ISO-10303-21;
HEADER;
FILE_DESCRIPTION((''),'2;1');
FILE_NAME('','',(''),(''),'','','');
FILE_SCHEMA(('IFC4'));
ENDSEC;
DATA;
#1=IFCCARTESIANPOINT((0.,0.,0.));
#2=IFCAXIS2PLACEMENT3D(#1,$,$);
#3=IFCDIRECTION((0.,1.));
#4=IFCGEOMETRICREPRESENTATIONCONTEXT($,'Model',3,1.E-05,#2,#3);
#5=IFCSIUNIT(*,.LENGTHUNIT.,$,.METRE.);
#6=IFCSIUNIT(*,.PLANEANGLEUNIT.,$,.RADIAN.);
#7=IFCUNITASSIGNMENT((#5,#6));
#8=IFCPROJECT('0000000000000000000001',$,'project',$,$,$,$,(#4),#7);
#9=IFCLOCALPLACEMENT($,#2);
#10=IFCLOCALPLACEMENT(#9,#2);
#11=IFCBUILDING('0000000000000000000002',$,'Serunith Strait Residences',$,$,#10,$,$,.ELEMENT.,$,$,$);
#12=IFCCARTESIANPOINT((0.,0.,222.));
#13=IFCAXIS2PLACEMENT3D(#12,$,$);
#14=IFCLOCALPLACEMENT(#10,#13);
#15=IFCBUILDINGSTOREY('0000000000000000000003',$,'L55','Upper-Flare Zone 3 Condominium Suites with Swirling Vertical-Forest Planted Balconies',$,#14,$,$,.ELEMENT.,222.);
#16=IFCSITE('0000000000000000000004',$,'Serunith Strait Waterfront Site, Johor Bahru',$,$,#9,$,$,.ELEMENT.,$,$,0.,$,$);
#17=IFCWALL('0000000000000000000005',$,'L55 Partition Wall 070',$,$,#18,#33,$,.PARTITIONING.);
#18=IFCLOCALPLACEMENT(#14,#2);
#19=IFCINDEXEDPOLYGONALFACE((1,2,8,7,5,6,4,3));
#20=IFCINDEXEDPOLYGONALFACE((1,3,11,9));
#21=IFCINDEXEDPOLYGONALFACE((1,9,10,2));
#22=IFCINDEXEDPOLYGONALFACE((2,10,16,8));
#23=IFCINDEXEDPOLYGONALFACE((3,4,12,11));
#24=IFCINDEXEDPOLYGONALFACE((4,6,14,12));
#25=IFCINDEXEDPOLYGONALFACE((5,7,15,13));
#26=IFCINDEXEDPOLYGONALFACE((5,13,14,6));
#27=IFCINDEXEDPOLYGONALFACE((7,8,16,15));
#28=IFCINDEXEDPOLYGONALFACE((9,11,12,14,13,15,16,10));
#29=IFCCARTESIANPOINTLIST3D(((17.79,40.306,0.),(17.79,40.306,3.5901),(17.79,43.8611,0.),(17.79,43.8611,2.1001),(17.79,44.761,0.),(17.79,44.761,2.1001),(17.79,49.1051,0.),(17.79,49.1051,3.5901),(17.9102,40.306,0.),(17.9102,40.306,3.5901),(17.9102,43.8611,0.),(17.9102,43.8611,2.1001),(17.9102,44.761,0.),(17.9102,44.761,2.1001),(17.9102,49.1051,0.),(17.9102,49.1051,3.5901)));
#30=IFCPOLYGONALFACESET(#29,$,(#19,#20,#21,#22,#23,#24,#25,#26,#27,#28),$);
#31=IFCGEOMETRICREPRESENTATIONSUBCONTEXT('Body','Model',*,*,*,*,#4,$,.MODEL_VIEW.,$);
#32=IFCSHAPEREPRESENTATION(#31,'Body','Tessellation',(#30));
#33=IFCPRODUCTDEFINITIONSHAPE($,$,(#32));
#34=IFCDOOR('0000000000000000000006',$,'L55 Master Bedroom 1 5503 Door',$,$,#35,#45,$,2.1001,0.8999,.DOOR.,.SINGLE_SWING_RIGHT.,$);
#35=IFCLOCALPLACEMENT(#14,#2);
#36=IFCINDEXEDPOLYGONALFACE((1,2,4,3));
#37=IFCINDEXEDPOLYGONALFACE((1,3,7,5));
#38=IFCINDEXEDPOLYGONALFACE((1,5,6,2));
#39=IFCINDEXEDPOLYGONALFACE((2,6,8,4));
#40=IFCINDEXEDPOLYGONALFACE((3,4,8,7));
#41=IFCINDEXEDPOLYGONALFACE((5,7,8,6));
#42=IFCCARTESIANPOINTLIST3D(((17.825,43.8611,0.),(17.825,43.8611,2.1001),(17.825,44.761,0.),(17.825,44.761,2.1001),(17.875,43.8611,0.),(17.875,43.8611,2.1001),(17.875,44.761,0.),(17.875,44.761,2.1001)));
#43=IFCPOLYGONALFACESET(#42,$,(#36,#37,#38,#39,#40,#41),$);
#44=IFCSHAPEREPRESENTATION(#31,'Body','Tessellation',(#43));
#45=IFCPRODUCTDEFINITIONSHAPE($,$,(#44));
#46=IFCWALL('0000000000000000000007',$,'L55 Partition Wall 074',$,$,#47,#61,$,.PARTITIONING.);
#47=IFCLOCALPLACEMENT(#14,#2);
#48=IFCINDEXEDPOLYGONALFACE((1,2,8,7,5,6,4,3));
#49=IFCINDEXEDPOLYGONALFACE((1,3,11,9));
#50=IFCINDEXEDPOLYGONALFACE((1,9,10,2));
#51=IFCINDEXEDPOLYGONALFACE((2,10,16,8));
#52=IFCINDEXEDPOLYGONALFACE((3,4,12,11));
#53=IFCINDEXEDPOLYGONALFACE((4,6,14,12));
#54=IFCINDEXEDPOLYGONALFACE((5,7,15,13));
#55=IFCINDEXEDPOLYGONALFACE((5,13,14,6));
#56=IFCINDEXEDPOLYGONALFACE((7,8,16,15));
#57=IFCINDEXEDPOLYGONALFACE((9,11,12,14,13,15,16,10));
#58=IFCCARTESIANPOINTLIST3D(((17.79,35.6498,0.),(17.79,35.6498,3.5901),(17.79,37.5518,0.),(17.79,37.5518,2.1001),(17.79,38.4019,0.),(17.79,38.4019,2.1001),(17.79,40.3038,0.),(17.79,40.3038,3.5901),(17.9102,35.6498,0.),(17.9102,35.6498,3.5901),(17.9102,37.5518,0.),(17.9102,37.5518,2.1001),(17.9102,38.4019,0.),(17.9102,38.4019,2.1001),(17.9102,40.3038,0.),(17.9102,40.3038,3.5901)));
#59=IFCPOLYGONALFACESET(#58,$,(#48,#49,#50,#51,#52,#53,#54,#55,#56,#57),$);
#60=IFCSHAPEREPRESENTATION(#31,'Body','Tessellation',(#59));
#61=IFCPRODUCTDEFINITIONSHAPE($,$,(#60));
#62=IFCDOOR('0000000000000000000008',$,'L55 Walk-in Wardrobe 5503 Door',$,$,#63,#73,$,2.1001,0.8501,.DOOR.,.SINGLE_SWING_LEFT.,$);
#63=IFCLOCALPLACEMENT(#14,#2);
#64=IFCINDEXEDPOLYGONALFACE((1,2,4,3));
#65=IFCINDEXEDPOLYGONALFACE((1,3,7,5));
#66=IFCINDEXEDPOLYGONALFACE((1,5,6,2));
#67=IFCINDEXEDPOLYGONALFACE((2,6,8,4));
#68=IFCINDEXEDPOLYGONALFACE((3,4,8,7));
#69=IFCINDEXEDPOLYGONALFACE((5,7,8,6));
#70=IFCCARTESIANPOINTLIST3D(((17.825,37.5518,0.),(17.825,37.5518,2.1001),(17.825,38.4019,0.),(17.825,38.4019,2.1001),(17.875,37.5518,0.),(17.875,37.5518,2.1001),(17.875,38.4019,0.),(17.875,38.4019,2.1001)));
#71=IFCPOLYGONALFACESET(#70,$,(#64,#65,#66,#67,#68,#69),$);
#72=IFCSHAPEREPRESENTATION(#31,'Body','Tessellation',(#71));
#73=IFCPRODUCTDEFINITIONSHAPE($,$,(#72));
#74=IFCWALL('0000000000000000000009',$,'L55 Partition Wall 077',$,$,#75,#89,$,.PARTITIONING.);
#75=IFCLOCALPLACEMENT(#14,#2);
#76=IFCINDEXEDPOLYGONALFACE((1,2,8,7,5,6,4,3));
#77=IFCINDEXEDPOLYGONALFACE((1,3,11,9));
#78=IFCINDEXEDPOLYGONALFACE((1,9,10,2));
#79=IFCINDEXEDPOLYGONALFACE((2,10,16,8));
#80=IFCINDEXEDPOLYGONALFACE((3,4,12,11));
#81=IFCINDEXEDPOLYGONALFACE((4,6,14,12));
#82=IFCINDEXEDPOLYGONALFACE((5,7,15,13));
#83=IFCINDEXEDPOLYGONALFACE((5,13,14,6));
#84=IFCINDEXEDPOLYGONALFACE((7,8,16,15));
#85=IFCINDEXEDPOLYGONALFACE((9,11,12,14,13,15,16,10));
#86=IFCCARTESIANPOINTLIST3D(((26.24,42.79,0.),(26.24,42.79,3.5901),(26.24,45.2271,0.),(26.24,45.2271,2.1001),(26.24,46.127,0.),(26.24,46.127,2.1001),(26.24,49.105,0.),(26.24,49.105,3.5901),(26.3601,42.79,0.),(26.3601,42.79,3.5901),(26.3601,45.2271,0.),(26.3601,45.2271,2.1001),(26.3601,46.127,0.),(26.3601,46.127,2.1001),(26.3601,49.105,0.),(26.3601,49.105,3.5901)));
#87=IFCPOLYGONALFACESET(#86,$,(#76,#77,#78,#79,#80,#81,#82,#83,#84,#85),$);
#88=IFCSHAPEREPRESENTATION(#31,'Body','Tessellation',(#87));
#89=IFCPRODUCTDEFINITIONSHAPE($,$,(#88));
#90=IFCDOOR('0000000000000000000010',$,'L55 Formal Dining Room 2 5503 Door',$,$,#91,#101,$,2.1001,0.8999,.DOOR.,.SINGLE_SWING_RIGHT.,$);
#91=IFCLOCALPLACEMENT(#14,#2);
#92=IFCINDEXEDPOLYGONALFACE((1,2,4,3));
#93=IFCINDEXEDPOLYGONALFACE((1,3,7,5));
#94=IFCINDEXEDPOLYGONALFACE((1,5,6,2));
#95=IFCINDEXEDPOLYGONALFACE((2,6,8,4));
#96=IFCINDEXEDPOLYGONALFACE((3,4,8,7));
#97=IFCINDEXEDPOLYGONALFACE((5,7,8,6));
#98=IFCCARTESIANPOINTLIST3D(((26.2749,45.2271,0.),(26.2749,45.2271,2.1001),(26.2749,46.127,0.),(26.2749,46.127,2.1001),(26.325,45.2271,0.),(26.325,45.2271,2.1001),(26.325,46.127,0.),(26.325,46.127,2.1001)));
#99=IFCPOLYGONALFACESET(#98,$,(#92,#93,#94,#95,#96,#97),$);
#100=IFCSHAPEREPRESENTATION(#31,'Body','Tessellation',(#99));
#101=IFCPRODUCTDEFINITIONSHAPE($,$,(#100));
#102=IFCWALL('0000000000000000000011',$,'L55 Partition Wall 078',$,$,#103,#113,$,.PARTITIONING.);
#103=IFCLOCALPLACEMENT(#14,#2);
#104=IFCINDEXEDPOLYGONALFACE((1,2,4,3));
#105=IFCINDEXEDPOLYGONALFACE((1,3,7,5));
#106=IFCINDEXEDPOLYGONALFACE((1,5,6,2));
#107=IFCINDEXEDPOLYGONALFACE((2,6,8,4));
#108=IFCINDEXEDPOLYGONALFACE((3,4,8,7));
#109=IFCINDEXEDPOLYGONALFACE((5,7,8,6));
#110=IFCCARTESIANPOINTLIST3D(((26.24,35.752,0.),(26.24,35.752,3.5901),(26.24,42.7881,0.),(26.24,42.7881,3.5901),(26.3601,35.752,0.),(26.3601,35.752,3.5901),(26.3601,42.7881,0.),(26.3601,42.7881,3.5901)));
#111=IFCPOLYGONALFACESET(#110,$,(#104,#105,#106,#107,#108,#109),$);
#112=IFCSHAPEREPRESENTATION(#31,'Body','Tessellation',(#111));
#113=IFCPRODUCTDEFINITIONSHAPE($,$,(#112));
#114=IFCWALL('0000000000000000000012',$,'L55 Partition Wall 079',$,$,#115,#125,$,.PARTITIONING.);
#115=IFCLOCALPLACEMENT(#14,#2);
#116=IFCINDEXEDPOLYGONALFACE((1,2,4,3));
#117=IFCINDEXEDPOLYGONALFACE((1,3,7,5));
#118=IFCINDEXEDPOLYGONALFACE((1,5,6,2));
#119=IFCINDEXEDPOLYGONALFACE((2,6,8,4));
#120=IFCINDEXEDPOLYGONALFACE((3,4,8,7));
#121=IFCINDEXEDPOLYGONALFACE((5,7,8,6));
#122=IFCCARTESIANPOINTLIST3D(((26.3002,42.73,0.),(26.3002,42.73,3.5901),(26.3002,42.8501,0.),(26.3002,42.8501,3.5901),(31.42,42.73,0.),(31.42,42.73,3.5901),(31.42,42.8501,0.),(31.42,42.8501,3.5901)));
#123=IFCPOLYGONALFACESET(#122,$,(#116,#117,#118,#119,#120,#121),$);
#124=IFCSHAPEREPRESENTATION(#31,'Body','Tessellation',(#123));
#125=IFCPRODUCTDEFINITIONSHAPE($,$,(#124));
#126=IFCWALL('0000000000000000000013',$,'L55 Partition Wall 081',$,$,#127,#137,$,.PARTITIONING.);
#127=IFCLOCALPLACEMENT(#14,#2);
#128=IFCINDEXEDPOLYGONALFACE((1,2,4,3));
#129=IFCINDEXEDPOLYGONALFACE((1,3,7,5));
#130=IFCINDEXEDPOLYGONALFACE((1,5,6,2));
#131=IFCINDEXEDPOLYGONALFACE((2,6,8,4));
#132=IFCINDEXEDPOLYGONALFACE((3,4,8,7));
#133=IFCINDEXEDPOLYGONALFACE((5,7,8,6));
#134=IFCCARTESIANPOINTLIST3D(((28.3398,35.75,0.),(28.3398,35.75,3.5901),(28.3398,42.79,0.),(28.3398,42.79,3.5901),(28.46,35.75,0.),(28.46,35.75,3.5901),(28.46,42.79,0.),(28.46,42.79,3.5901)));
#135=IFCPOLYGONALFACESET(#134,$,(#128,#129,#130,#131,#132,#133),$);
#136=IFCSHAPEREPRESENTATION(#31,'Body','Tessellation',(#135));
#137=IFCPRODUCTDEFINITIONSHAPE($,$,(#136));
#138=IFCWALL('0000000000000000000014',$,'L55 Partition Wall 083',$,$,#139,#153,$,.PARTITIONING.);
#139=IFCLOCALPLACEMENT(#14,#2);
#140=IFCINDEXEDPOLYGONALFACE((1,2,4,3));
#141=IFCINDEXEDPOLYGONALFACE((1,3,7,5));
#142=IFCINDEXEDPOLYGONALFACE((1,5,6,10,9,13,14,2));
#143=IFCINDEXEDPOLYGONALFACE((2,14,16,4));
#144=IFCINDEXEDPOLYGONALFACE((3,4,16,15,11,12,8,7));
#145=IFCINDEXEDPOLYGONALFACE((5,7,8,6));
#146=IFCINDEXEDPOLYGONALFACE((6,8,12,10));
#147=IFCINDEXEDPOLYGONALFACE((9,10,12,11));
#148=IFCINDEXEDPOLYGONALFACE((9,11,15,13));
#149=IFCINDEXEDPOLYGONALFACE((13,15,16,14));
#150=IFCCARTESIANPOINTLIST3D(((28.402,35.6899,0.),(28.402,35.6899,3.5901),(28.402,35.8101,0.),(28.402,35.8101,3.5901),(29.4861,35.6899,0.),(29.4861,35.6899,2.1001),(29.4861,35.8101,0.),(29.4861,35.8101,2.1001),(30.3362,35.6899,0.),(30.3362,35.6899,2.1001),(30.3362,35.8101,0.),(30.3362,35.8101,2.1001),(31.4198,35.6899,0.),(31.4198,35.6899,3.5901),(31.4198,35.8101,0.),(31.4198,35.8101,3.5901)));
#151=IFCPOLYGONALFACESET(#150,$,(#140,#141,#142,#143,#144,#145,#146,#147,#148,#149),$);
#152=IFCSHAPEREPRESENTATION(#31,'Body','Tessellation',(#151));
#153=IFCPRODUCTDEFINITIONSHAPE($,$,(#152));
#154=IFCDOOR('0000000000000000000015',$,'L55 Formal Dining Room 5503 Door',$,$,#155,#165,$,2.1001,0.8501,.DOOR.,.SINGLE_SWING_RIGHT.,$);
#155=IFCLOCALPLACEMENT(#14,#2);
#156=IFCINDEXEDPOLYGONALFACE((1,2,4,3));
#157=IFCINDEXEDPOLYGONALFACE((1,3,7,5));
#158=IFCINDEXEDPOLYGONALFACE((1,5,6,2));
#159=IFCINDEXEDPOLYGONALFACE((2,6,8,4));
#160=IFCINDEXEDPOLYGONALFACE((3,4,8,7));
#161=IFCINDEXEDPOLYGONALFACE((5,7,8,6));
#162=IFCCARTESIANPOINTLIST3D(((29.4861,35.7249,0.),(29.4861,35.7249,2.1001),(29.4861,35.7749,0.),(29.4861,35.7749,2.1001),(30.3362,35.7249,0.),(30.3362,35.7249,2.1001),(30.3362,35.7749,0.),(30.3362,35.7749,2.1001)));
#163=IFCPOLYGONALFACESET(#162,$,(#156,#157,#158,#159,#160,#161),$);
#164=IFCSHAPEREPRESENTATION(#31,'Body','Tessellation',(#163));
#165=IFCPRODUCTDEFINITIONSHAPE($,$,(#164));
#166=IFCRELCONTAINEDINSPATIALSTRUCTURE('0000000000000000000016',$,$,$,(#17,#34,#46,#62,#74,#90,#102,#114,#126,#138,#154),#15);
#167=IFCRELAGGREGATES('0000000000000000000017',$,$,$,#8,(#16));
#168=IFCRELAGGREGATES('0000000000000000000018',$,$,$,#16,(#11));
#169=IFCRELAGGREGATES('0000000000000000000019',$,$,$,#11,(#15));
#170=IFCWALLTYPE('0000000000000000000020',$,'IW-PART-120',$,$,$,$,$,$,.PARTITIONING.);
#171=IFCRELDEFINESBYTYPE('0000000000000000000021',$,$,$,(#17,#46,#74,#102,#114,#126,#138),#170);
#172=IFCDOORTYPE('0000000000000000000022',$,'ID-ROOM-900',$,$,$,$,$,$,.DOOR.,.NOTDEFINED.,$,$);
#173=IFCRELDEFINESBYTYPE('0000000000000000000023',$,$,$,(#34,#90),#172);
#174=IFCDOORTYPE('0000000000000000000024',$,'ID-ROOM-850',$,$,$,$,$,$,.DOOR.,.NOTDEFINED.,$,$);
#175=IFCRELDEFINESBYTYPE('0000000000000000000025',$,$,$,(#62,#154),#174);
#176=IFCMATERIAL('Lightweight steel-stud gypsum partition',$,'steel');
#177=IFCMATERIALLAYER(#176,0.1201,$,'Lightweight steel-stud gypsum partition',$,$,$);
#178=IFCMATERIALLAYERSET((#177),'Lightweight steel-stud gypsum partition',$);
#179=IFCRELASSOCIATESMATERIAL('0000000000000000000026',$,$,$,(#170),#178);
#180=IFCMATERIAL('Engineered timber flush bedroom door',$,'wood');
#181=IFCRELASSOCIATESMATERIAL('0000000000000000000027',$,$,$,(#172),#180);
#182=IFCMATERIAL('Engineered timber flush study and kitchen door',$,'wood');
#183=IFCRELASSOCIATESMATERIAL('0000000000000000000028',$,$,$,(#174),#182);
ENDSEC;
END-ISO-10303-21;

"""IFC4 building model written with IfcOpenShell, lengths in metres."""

from ifc_helpers import new_model, si_unit, direction, frame, frame_2d, origin, place, context, subcontext, project, spatial, rectangle, extrude, source, transform, mapped, material, layer, layer_set, type_object, element, fill, save


model = new_model("IFC4")

# Units and contexts
model_context = context("Model", 3, precision=1e-05, world=origin(), true_north=direction((0.0, 1.0)))
body_context = subcontext(model_context, "Body", "Model", "MODEL_VIEW")
ifc_project = project(units=[si_unit("LENGTHUNIT", "METRE"), si_unit("PLANEANGLEUNIT", "RADIAN")], contexts=[model_context])

# Site, building, storey
site_placement = place(None, origin())
site = spatial("IfcSite", under=ifc_project, at=site_placement, Name="Serunith Strait Waterfront Site, Johor Bahru", CompositionType="ELEMENT", RefElevation=0.0)
building_placement = place(site_placement, origin())
building = spatial("IfcBuilding", under=site, at=building_placement, Name="Serunith Strait Residences", CompositionType="ELEMENT")
storey_placement = place(building_placement, frame((0.0, 0.0, 222.0)))
storey = spatial("IfcBuildingStorey", under=building, at=storey_placement, Name="L55", Description="Upper-Flare Zone 3 Condominium Suites with Swirling Vertical-Forest Planted Balconies", CompositionType="ELEMENT", Elevation=222.0)

# Shared definitions
ifc_material_1 = material(Name="Lightweight steel-stud gypsum partition", Category="steel")
ifc_layer_1 = layer(ifc_material_1, 0.1201, Name="Lightweight steel-stud gypsum partition")
ifc_layer_set_1 = layer_set([ifc_layer_1], Name="Lightweight steel-stud gypsum partition")
wall_type = type_object("IfcWallType", Name="IW-PART-120", PredefinedType="PARTITIONING", material=ifc_layer_set_1)

# Walls, openings, doors
wall_1_placement = place(storey_placement, frame((17.8501, 49.105, 0.0), z_axis=(0.0, 0.0, 1.0), x_axis=(0.0, -1.0, 0.0)))
wall_1 = element("IfcWall", 1, at=wall_1_placement, inside=storey, type_object=wall_type, Name="L55 Partition Wall 070", PredefinedType="PARTITIONING", context=body_context, shape_type="SweptSolid", body=[
    extrude(rectangle(XDim=8.7991, YDim=0.1201, at=frame_2d((4.3994, 0.0))), origin(), (0.0, 0.0, 1.0), 3.5901),
])
opening_1_placement = place(wall_1_placement, frame((4.344, 0.0, 0.0)))
opening_1 = element("IfcOpeningElement", 2, at=opening_1_placement, cuts=wall_1, PredefinedType="OPENING", context=body_context, shape_type="SweptSolid", body=[
    extrude(rectangle(XDim=0.8999, YDim=2.1001, at=frame_2d((0.45, 1.05))), frame((0.0, 0.0701, 0.0), z_axis=(0.0, -1.0, 0.0), x_axis=(1.0, 0.0, 0.0)), (0.0, 0.0, 1.0), 0.1401),
])
ifc_material_2 = material(Name="Engineered timber flush bedroom door", Category="wood")
door_type_1 = type_object("IfcDoorType", Name="ID-ROOM-900", OperationType="NOTDEFINED", PredefinedType="DOOR", material=ifc_material_2)
shared_shape_1 = source(origin(), body_context, "Body", "SweptSolid", [
    extrude(rectangle(XDim=0.8999, YDim=2.1001, at=frame_2d((0.45, 1.05))), frame((0.0, 0.0249, 0.0), z_axis=(0.0, -1.0, 0.0), x_axis=(1.0, 0.0, 0.0)), (0.0, 0.0, 1.0), 0.05),
])
door_1_placement = place(opening_1_placement, origin())
door_1 = element("IfcDoor", 3, at=door_1_placement, inside=storey, type_object=door_type_1, Name="L55 Master Bedroom 1 5503 Door", OperationType="SINGLE_SWING_RIGHT", OverallHeight=2.1001, OverallWidth=0.8999, PredefinedType="DOOR", context=body_context, shape_type="MappedRepresentation", body=[
    mapped(shared_shape_1, transform((0.0, 0.0, 0.0), scale=1.0)),
])
fill(opening_1, door_1)
wall_2_placement = place(storey_placement, frame((17.8501, 40.304, 0.0), z_axis=(0.0, 0.0, 1.0), x_axis=(0.0, -1.0, 0.0)))
wall_2 = element("IfcWall", 4, at=wall_2_placement, inside=storey, type_object=wall_type, Name="L55 Partition Wall 074", PredefinedType="PARTITIONING", context=body_context, shape_type="SweptSolid", body=[
    extrude(rectangle(XDim=4.6541, YDim=0.1201, at=frame_2d((2.3271, 0.0))), origin(), (0.0, 0.0, 1.0), 3.5901),
])
opening_2_placement = place(wall_2_placement, frame((1.9021, 0.0, 0.0)))
opening_2 = element("IfcOpeningElement", 5, at=opening_2_placement, cuts=wall_2, PredefinedType="OPENING", context=body_context, shape_type="SweptSolid", body=[
    extrude(rectangle(XDim=0.8501, YDim=2.1001, at=frame_2d((0.425, 1.05))), frame((0.0, 0.0701, 0.0), z_axis=(0.0, -1.0, 0.0), x_axis=(1.0, 0.0, 0.0)), (0.0, 0.0, 1.0), 0.1401),
])
ifc_material_3 = material(Name="Engineered timber flush study and kitchen door", Category="wood")
door_type_2 = type_object("IfcDoorType", Name="ID-ROOM-850", OperationType="NOTDEFINED", PredefinedType="DOOR", material=ifc_material_3)
shared_shape_2 = source(origin(), body_context, "Body", "SweptSolid", [
    extrude(rectangle(XDim=0.8501, YDim=2.1001, at=frame_2d((0.425, 1.05))), frame((0.0, 0.0249, 0.0), z_axis=(0.0, -1.0, 0.0), x_axis=(1.0, 0.0, 0.0)), (0.0, 0.0, 1.0), 0.05),
])
door_2_placement = place(opening_2_placement, origin())
door_2 = element("IfcDoor", 6, at=door_2_placement, inside=storey, type_object=door_type_2, Name="L55 Walk-in Wardrobe 5503 Door", OperationType="SINGLE_SWING_LEFT", OverallHeight=2.1001, OverallWidth=0.8501, PredefinedType="DOOR", context=body_context, shape_type="MappedRepresentation", body=[
    mapped(shared_shape_2, transform((0.0, 0.0, 0.0), scale=1.0)),
])
fill(opening_2, door_2)
wall_3_placement = place(storey_placement, frame((26.3, 49.105, 0.0), z_axis=(0.0, 0.0, 1.0), x_axis=(0.0, -1.0, 0.0)))
wall_3 = element("IfcWall", 7, at=wall_3_placement, inside=storey, type_object=wall_type, Name="L55 Partition Wall 077", PredefinedType="PARTITIONING", context=body_context, shape_type="SweptSolid", body=[
    extrude(rectangle(XDim=6.3149, YDim=0.1201, at=frame_2d((3.1575, 0.0))), origin(), (0.0, 0.0, 1.0), 3.5901),
])
opening_3_placement = place(wall_3_placement, frame((2.978, 0.0, 0.0)))
opening_3 = element("IfcOpeningElement", 8, at=opening_3_placement, cuts=wall_3, PredefinedType="OPENING", context=body_context, shape_type="SweptSolid", body=[
    extrude(rectangle(XDim=0.8999, YDim=2.1001, at=frame_2d((0.45, 1.05))), frame((0.0, 0.0701, 0.0), z_axis=(0.0, -1.0, 0.0), x_axis=(1.0, 0.0, 0.0)), (0.0, 0.0, 1.0), 0.1401),
])
door_3_placement = place(opening_3_placement, origin())
door_3 = element("IfcDoor", 9, at=door_3_placement, inside=storey, type_object=door_type_1, Name="L55 Formal Dining Room 2 5503 Door", OperationType="SINGLE_SWING_RIGHT", OverallHeight=2.1001, OverallWidth=0.8999, PredefinedType="DOOR", context=body_context, shape_type="MappedRepresentation", body=[
    mapped(shared_shape_1, transform((0.0, 0.0, 0.0), scale=1.0)),
])
fill(opening_3, door_3)

# Walls
wall_4_placement = place(storey_placement, frame((26.3, 42.7881, 0.0), z_axis=(0.0, 0.0, 1.0), x_axis=(0.0, -1.0, 0.0)))
element("IfcWall", 10, at=wall_4_placement, inside=storey, type_object=wall_type, Name="L55 Partition Wall 078", PredefinedType="PARTITIONING", context=body_context, shape_type="SweptSolid", body=[
    extrude(rectangle(XDim=7.0361, YDim=0.1201, at=frame_2d((3.5181, 0.0))), origin(), (0.0, 0.0, 1.0), 3.5901),
])
wall_5_placement = place(storey_placement, frame((26.3, 42.79, 0.0), z_axis=(0.0, 0.0, 1.0), x_axis=(1.0, 0.0, 0.0)))
element("IfcWall", 11, at=wall_5_placement, inside=storey, type_object=wall_type, Name="L55 Partition Wall 079", PredefinedType="PARTITIONING", context=body_context, shape_type="SweptSolid", body=[
    extrude(rectangle(XDim=5.1199, YDim=0.1201, at=frame_2d((2.5601, 0.0))), origin(), (0.0, 0.0, 1.0), 3.5901),
])
wall_6_placement = place(storey_placement, frame((28.3999, 42.79, 0.0), z_axis=(0.0, 0.0, 1.0), x_axis=(0.0, -1.0, 0.0)))
element("IfcWall", 12, at=wall_6_placement, inside=storey, type_object=wall_type, Name="L55 Partition Wall 081", PredefinedType="PARTITIONING", context=body_context, shape_type="SweptSolid", body=[
    extrude(rectangle(XDim=7.04, YDim=0.1201, at=frame_2d((3.52, 0.0))), origin(), (0.0, 0.0, 1.0), 3.5901),
])

# Wall, opening, door
wall_7_placement = place(storey_placement, frame((28.4021, 35.75, 0.0), z_axis=(0.0, 0.0, 1.0), x_axis=(1.0, 0.0, 0.0)))
wall_7 = element("IfcWall", 13, at=wall_7_placement, inside=storey, type_object=wall_type, Name="L55 Partition Wall 083", PredefinedType="PARTITIONING", context=body_context, shape_type="SweptSolid", body=[
    extrude(rectangle(XDim=3.0178, YDim=0.1201, at=frame_2d((1.5088, 0.0))), origin(), (0.0, 0.0, 1.0), 3.5901),
])
opening_4_placement = place(wall_7_placement, frame((1.084, 0.0, 0.0)))
opening_4 = element("IfcOpeningElement", 14, at=opening_4_placement, cuts=wall_7, PredefinedType="OPENING", context=body_context, shape_type="SweptSolid", body=[
    extrude(rectangle(XDim=0.8501, YDim=2.1001, at=frame_2d((0.425, 1.05))), frame((0.0, 0.0701, 0.0), z_axis=(0.0, -1.0, 0.0), x_axis=(1.0, 0.0, 0.0)), (0.0, 0.0, 1.0), 0.1401),
])
door_4_placement = place(opening_4_placement, origin())
door_4 = element("IfcDoor", 15, at=door_4_placement, inside=storey, type_object=door_type_2, Name="L55 Formal Dining Room 5503 Door", OperationType="SINGLE_SWING_RIGHT", OverallHeight=2.1001, OverallWidth=0.8501, PredefinedType="DOOR", context=body_context, shape_type="MappedRepresentation", body=[
    mapped(shared_shape_2, transform((0.0, 0.0, 0.0), scale=1.0)),
])
fill(opening_4, door_4)

save(model, "model.ifc")
